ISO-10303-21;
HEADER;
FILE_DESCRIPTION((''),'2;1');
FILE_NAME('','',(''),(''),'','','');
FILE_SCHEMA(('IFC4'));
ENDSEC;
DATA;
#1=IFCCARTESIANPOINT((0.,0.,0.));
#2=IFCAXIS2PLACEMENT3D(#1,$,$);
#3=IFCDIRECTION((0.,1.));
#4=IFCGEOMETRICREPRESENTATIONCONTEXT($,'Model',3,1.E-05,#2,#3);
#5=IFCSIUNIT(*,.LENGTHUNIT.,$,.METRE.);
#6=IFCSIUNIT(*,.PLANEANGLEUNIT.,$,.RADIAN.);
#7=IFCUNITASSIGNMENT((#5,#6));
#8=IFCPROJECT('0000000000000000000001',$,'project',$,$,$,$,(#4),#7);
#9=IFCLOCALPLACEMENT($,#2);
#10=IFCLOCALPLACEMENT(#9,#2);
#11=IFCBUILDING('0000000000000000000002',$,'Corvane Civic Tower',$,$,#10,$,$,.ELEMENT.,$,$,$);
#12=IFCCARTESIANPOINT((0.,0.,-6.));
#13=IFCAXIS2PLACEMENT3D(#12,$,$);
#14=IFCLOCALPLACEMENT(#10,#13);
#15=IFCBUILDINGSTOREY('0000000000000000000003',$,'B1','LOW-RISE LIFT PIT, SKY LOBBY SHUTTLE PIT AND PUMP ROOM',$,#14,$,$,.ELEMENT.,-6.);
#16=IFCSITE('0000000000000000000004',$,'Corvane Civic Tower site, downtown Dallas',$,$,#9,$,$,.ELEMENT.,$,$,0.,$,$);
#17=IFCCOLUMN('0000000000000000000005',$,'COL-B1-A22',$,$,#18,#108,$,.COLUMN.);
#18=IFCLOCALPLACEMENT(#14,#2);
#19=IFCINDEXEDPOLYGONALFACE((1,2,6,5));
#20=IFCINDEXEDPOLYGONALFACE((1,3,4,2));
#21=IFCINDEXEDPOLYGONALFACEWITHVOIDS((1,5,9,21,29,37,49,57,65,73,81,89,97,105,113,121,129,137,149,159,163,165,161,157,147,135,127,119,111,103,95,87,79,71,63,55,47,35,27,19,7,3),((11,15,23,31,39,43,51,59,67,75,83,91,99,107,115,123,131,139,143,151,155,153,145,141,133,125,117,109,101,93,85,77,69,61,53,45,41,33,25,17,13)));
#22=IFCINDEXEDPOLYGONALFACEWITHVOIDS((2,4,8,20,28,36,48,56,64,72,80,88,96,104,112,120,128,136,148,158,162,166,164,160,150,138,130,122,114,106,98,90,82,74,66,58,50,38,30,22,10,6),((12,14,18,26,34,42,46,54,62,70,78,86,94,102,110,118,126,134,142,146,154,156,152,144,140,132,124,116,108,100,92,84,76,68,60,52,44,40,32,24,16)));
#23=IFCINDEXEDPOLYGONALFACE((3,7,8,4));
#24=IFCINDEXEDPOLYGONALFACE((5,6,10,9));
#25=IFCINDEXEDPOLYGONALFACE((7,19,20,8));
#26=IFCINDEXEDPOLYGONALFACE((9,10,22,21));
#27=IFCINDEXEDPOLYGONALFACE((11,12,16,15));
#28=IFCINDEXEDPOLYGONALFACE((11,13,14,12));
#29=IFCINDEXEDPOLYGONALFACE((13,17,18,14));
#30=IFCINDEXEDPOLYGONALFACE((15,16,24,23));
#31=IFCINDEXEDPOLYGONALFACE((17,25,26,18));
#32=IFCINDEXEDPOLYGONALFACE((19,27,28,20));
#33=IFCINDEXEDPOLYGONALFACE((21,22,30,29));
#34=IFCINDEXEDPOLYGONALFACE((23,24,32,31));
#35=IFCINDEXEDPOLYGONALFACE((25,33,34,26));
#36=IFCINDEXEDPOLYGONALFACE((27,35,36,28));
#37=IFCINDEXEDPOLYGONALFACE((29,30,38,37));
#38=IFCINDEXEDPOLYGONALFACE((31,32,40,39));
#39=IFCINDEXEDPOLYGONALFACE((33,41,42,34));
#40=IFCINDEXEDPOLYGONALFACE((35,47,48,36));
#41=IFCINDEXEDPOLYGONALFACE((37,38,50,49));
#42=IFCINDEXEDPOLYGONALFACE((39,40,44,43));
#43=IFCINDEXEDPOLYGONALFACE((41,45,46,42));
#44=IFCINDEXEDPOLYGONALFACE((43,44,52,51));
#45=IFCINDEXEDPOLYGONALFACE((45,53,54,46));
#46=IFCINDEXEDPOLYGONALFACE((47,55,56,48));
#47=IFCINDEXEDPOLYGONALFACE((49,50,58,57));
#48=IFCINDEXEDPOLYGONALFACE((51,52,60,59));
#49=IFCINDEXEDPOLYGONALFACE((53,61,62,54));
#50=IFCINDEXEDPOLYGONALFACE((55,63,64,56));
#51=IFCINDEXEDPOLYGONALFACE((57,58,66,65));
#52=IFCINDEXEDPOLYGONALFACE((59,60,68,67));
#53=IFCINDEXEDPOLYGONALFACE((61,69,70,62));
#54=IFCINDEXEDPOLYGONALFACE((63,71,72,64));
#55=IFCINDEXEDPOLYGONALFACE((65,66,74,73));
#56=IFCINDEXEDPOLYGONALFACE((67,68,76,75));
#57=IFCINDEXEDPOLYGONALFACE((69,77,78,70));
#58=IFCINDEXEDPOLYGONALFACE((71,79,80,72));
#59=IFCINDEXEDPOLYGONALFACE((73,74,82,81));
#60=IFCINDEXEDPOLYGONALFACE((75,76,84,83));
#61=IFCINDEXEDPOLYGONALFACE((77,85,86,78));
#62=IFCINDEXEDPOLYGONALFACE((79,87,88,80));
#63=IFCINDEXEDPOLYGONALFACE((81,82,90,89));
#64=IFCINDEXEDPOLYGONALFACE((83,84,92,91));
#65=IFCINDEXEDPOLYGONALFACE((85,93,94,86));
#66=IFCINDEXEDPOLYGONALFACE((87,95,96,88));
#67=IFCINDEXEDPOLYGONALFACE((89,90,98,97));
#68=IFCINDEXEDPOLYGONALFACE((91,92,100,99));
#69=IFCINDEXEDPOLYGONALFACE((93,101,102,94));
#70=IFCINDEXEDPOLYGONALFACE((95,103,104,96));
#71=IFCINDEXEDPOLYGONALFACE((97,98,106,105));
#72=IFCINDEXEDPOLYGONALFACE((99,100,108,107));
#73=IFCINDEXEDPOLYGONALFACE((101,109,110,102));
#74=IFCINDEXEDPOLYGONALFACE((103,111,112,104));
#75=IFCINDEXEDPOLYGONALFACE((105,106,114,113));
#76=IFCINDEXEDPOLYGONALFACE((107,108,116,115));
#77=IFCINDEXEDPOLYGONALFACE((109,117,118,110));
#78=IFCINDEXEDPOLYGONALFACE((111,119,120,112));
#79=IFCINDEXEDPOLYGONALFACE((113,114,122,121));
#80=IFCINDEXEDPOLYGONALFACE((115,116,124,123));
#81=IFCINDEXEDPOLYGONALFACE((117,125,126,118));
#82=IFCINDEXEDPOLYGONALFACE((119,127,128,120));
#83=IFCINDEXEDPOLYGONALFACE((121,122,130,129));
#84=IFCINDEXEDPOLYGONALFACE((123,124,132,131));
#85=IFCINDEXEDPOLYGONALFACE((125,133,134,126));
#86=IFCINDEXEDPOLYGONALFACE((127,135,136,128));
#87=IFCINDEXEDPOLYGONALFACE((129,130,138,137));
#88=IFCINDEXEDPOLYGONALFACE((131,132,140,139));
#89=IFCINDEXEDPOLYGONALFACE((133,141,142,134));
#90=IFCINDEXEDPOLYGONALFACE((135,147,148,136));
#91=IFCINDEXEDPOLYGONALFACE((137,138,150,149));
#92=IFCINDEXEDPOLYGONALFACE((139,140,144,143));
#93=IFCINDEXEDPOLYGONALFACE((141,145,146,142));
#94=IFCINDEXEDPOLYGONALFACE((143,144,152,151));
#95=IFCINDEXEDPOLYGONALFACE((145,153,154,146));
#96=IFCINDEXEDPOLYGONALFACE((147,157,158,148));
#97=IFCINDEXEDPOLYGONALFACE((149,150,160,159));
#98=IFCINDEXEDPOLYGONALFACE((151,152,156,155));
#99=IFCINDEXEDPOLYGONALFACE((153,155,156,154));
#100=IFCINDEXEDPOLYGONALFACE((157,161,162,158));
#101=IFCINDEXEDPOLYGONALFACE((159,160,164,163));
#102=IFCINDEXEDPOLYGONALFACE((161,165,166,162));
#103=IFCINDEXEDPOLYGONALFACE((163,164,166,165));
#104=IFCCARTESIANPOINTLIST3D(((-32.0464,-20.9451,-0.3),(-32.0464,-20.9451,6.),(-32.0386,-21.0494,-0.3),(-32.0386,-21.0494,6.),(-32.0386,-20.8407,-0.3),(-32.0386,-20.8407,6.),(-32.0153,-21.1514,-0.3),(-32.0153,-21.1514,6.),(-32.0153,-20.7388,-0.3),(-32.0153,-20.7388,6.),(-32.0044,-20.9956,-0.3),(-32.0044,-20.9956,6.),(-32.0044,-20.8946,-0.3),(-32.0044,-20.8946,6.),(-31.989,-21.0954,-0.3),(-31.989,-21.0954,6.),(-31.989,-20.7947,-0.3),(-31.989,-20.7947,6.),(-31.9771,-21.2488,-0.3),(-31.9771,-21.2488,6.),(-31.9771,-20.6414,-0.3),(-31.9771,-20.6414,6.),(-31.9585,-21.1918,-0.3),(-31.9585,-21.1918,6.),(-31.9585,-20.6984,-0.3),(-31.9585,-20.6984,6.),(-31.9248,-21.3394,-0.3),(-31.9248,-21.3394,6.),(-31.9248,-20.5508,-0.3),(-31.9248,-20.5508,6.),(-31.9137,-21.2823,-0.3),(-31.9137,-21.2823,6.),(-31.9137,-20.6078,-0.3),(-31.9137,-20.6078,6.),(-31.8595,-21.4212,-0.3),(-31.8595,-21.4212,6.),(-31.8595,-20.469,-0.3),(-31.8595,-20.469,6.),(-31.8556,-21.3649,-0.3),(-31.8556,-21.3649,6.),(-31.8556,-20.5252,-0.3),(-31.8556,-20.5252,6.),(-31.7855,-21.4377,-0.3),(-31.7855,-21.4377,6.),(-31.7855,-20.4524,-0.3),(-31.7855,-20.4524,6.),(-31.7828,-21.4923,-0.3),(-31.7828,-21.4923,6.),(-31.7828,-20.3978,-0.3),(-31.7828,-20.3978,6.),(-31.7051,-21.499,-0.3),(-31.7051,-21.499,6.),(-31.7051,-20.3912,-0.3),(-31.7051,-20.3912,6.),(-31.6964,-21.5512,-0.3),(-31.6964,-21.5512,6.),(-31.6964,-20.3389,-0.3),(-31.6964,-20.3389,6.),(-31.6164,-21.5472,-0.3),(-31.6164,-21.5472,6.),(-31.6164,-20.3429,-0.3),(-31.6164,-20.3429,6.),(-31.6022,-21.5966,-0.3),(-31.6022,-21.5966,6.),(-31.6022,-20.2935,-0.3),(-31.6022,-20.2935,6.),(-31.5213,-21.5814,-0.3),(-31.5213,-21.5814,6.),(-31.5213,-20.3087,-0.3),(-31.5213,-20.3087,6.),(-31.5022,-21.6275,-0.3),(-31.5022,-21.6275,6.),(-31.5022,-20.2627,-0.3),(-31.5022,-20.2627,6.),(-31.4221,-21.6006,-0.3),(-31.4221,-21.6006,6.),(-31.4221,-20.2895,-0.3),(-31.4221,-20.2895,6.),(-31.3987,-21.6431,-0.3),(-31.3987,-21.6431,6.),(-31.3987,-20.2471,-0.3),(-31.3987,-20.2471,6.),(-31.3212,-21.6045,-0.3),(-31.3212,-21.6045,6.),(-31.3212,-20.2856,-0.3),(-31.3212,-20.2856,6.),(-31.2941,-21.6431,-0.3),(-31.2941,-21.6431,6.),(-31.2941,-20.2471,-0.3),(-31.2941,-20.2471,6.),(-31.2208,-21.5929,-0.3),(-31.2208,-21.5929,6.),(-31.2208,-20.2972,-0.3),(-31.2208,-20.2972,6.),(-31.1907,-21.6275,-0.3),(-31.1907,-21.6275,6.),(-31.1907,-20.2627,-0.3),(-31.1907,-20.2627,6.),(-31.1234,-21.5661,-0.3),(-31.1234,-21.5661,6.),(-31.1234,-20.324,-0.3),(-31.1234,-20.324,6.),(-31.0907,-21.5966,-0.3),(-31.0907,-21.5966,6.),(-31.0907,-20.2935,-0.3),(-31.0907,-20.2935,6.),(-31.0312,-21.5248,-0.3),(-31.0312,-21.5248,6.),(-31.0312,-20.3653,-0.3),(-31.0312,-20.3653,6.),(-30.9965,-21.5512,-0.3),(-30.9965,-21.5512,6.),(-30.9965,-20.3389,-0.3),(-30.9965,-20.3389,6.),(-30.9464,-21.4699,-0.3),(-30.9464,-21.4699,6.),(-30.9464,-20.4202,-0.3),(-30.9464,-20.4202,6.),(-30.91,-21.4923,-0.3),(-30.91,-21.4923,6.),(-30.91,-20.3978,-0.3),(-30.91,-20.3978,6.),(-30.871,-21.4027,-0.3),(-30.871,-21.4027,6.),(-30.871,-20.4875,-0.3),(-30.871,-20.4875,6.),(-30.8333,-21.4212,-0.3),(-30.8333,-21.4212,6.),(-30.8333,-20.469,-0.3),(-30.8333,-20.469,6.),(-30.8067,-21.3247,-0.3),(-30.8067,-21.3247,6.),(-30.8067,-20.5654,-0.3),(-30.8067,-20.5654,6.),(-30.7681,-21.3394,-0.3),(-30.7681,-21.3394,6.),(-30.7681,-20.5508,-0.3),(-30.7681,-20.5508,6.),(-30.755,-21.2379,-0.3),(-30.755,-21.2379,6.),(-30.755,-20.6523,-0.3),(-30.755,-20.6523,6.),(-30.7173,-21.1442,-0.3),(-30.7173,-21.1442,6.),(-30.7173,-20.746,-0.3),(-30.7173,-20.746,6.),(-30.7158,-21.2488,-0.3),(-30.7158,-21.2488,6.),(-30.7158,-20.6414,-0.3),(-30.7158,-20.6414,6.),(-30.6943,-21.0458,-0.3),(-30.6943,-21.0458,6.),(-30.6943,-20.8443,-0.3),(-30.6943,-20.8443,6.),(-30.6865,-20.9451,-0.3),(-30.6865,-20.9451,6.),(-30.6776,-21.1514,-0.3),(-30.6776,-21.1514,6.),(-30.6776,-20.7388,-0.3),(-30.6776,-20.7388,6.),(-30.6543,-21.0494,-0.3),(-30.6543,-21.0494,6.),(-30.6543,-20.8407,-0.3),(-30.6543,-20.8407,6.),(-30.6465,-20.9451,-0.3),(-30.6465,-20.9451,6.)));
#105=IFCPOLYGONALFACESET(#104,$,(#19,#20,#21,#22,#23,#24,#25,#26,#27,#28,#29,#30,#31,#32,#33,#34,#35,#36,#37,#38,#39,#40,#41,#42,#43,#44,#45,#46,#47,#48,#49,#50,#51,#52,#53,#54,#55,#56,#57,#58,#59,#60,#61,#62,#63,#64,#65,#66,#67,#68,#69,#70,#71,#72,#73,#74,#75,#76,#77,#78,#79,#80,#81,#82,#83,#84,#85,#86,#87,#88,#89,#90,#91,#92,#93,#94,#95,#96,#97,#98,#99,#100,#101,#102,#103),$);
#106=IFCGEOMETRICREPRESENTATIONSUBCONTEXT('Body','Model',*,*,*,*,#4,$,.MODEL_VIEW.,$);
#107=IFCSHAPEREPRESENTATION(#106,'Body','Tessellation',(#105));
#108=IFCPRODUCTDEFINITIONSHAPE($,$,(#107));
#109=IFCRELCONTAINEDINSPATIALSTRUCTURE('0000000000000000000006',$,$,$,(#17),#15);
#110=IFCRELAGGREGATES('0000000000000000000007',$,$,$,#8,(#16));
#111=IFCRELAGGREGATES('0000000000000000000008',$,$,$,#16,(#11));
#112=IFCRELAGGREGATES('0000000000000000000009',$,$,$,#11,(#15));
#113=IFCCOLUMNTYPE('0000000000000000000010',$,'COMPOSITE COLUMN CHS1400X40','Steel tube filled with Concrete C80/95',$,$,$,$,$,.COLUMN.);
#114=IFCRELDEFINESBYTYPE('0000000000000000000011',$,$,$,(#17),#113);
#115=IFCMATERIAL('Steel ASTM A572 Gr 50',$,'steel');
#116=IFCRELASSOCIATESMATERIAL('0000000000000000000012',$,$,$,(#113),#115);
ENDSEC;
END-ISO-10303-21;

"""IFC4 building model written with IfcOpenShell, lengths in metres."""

from ifc_helpers import new_model, si_unit, direction, frame, origin, origin_2d, place, context, subcontext, project, spatial, hollow_circle, extrude, material, material_profile, profile_set, type_object, element, save


model = new_model("IFC4")

# Units and contexts
model_context = context("Model", 3, precision=1e-05, world=origin(), true_north=direction((0.0, 1.0)))
body_context = subcontext(model_context, "Body", "Model", "MODEL_VIEW")
ifc_project = project(units=[si_unit("LENGTHUNIT", "METRE"), si_unit("PLANEANGLEUNIT", "RADIAN")], contexts=[model_context])

# Site, building, storey
site_placement = place(None, origin())
site = spatial("IfcSite", under=ifc_project, at=site_placement, Name="Corvane Civic Tower site, downtown Dallas", CompositionType="ELEMENT", RefElevation=0.0)
building_placement = place(site_placement, origin())
building = spatial("IfcBuilding", under=site, at=building_placement, Name="Corvane Civic Tower", CompositionType="ELEMENT")
storey_placement = place(building_placement, frame((0.0, 0.0, -6.0)))
storey = spatial("IfcBuildingStorey", under=building, at=storey_placement, Name="B1", Description="LOW-RISE LIFT PIT, SKY LOBBY SHUTTLE PIT AND PUMP ROOM", CompositionType="ELEMENT", Elevation=-6.0)

# Column
ifc_material_1 = material(Name="Steel ASTM A572 Gr 50", Category="steel")
ifc_material_profile_1 = material_profile(ifc_material_1, hollow_circle(Radius=0.7, WallThickness=0.04, at=origin_2d()), Name="CHS1400X40")
ifc_profile_set_1 = profile_set([ifc_material_profile_1], Name="Steel ASTM A572 Gr 50")
column_type_1 = type_object("IfcColumnType", Name="COMPOSITE COLUMN CHS1400X40", Description="Steel tube filled with Concrete C80/95", PredefinedType="COLUMN", material=ifc_profile_set_1)
column_placement = place(storey_placement, frame((-31.3464, -20.9451, -0.3), z_axis=(0.0, 0.0, 1.0), x_axis=(1.0, 0.0, 0.0)))
element("IfcColumn", 1, at=column_placement, inside=storey, type_object=column_type_1, Name="COL-B1-A22", PredefinedType="COLUMN", context=body_context, shape_type="SweptSolid", body=[
    extrude(hollow_circle(Radius=0.7, WallThickness=0.04, at=origin_2d()), origin(), (0.0, 0.0, 1.0), 6.3),
])

save(model, "model.ifc")
